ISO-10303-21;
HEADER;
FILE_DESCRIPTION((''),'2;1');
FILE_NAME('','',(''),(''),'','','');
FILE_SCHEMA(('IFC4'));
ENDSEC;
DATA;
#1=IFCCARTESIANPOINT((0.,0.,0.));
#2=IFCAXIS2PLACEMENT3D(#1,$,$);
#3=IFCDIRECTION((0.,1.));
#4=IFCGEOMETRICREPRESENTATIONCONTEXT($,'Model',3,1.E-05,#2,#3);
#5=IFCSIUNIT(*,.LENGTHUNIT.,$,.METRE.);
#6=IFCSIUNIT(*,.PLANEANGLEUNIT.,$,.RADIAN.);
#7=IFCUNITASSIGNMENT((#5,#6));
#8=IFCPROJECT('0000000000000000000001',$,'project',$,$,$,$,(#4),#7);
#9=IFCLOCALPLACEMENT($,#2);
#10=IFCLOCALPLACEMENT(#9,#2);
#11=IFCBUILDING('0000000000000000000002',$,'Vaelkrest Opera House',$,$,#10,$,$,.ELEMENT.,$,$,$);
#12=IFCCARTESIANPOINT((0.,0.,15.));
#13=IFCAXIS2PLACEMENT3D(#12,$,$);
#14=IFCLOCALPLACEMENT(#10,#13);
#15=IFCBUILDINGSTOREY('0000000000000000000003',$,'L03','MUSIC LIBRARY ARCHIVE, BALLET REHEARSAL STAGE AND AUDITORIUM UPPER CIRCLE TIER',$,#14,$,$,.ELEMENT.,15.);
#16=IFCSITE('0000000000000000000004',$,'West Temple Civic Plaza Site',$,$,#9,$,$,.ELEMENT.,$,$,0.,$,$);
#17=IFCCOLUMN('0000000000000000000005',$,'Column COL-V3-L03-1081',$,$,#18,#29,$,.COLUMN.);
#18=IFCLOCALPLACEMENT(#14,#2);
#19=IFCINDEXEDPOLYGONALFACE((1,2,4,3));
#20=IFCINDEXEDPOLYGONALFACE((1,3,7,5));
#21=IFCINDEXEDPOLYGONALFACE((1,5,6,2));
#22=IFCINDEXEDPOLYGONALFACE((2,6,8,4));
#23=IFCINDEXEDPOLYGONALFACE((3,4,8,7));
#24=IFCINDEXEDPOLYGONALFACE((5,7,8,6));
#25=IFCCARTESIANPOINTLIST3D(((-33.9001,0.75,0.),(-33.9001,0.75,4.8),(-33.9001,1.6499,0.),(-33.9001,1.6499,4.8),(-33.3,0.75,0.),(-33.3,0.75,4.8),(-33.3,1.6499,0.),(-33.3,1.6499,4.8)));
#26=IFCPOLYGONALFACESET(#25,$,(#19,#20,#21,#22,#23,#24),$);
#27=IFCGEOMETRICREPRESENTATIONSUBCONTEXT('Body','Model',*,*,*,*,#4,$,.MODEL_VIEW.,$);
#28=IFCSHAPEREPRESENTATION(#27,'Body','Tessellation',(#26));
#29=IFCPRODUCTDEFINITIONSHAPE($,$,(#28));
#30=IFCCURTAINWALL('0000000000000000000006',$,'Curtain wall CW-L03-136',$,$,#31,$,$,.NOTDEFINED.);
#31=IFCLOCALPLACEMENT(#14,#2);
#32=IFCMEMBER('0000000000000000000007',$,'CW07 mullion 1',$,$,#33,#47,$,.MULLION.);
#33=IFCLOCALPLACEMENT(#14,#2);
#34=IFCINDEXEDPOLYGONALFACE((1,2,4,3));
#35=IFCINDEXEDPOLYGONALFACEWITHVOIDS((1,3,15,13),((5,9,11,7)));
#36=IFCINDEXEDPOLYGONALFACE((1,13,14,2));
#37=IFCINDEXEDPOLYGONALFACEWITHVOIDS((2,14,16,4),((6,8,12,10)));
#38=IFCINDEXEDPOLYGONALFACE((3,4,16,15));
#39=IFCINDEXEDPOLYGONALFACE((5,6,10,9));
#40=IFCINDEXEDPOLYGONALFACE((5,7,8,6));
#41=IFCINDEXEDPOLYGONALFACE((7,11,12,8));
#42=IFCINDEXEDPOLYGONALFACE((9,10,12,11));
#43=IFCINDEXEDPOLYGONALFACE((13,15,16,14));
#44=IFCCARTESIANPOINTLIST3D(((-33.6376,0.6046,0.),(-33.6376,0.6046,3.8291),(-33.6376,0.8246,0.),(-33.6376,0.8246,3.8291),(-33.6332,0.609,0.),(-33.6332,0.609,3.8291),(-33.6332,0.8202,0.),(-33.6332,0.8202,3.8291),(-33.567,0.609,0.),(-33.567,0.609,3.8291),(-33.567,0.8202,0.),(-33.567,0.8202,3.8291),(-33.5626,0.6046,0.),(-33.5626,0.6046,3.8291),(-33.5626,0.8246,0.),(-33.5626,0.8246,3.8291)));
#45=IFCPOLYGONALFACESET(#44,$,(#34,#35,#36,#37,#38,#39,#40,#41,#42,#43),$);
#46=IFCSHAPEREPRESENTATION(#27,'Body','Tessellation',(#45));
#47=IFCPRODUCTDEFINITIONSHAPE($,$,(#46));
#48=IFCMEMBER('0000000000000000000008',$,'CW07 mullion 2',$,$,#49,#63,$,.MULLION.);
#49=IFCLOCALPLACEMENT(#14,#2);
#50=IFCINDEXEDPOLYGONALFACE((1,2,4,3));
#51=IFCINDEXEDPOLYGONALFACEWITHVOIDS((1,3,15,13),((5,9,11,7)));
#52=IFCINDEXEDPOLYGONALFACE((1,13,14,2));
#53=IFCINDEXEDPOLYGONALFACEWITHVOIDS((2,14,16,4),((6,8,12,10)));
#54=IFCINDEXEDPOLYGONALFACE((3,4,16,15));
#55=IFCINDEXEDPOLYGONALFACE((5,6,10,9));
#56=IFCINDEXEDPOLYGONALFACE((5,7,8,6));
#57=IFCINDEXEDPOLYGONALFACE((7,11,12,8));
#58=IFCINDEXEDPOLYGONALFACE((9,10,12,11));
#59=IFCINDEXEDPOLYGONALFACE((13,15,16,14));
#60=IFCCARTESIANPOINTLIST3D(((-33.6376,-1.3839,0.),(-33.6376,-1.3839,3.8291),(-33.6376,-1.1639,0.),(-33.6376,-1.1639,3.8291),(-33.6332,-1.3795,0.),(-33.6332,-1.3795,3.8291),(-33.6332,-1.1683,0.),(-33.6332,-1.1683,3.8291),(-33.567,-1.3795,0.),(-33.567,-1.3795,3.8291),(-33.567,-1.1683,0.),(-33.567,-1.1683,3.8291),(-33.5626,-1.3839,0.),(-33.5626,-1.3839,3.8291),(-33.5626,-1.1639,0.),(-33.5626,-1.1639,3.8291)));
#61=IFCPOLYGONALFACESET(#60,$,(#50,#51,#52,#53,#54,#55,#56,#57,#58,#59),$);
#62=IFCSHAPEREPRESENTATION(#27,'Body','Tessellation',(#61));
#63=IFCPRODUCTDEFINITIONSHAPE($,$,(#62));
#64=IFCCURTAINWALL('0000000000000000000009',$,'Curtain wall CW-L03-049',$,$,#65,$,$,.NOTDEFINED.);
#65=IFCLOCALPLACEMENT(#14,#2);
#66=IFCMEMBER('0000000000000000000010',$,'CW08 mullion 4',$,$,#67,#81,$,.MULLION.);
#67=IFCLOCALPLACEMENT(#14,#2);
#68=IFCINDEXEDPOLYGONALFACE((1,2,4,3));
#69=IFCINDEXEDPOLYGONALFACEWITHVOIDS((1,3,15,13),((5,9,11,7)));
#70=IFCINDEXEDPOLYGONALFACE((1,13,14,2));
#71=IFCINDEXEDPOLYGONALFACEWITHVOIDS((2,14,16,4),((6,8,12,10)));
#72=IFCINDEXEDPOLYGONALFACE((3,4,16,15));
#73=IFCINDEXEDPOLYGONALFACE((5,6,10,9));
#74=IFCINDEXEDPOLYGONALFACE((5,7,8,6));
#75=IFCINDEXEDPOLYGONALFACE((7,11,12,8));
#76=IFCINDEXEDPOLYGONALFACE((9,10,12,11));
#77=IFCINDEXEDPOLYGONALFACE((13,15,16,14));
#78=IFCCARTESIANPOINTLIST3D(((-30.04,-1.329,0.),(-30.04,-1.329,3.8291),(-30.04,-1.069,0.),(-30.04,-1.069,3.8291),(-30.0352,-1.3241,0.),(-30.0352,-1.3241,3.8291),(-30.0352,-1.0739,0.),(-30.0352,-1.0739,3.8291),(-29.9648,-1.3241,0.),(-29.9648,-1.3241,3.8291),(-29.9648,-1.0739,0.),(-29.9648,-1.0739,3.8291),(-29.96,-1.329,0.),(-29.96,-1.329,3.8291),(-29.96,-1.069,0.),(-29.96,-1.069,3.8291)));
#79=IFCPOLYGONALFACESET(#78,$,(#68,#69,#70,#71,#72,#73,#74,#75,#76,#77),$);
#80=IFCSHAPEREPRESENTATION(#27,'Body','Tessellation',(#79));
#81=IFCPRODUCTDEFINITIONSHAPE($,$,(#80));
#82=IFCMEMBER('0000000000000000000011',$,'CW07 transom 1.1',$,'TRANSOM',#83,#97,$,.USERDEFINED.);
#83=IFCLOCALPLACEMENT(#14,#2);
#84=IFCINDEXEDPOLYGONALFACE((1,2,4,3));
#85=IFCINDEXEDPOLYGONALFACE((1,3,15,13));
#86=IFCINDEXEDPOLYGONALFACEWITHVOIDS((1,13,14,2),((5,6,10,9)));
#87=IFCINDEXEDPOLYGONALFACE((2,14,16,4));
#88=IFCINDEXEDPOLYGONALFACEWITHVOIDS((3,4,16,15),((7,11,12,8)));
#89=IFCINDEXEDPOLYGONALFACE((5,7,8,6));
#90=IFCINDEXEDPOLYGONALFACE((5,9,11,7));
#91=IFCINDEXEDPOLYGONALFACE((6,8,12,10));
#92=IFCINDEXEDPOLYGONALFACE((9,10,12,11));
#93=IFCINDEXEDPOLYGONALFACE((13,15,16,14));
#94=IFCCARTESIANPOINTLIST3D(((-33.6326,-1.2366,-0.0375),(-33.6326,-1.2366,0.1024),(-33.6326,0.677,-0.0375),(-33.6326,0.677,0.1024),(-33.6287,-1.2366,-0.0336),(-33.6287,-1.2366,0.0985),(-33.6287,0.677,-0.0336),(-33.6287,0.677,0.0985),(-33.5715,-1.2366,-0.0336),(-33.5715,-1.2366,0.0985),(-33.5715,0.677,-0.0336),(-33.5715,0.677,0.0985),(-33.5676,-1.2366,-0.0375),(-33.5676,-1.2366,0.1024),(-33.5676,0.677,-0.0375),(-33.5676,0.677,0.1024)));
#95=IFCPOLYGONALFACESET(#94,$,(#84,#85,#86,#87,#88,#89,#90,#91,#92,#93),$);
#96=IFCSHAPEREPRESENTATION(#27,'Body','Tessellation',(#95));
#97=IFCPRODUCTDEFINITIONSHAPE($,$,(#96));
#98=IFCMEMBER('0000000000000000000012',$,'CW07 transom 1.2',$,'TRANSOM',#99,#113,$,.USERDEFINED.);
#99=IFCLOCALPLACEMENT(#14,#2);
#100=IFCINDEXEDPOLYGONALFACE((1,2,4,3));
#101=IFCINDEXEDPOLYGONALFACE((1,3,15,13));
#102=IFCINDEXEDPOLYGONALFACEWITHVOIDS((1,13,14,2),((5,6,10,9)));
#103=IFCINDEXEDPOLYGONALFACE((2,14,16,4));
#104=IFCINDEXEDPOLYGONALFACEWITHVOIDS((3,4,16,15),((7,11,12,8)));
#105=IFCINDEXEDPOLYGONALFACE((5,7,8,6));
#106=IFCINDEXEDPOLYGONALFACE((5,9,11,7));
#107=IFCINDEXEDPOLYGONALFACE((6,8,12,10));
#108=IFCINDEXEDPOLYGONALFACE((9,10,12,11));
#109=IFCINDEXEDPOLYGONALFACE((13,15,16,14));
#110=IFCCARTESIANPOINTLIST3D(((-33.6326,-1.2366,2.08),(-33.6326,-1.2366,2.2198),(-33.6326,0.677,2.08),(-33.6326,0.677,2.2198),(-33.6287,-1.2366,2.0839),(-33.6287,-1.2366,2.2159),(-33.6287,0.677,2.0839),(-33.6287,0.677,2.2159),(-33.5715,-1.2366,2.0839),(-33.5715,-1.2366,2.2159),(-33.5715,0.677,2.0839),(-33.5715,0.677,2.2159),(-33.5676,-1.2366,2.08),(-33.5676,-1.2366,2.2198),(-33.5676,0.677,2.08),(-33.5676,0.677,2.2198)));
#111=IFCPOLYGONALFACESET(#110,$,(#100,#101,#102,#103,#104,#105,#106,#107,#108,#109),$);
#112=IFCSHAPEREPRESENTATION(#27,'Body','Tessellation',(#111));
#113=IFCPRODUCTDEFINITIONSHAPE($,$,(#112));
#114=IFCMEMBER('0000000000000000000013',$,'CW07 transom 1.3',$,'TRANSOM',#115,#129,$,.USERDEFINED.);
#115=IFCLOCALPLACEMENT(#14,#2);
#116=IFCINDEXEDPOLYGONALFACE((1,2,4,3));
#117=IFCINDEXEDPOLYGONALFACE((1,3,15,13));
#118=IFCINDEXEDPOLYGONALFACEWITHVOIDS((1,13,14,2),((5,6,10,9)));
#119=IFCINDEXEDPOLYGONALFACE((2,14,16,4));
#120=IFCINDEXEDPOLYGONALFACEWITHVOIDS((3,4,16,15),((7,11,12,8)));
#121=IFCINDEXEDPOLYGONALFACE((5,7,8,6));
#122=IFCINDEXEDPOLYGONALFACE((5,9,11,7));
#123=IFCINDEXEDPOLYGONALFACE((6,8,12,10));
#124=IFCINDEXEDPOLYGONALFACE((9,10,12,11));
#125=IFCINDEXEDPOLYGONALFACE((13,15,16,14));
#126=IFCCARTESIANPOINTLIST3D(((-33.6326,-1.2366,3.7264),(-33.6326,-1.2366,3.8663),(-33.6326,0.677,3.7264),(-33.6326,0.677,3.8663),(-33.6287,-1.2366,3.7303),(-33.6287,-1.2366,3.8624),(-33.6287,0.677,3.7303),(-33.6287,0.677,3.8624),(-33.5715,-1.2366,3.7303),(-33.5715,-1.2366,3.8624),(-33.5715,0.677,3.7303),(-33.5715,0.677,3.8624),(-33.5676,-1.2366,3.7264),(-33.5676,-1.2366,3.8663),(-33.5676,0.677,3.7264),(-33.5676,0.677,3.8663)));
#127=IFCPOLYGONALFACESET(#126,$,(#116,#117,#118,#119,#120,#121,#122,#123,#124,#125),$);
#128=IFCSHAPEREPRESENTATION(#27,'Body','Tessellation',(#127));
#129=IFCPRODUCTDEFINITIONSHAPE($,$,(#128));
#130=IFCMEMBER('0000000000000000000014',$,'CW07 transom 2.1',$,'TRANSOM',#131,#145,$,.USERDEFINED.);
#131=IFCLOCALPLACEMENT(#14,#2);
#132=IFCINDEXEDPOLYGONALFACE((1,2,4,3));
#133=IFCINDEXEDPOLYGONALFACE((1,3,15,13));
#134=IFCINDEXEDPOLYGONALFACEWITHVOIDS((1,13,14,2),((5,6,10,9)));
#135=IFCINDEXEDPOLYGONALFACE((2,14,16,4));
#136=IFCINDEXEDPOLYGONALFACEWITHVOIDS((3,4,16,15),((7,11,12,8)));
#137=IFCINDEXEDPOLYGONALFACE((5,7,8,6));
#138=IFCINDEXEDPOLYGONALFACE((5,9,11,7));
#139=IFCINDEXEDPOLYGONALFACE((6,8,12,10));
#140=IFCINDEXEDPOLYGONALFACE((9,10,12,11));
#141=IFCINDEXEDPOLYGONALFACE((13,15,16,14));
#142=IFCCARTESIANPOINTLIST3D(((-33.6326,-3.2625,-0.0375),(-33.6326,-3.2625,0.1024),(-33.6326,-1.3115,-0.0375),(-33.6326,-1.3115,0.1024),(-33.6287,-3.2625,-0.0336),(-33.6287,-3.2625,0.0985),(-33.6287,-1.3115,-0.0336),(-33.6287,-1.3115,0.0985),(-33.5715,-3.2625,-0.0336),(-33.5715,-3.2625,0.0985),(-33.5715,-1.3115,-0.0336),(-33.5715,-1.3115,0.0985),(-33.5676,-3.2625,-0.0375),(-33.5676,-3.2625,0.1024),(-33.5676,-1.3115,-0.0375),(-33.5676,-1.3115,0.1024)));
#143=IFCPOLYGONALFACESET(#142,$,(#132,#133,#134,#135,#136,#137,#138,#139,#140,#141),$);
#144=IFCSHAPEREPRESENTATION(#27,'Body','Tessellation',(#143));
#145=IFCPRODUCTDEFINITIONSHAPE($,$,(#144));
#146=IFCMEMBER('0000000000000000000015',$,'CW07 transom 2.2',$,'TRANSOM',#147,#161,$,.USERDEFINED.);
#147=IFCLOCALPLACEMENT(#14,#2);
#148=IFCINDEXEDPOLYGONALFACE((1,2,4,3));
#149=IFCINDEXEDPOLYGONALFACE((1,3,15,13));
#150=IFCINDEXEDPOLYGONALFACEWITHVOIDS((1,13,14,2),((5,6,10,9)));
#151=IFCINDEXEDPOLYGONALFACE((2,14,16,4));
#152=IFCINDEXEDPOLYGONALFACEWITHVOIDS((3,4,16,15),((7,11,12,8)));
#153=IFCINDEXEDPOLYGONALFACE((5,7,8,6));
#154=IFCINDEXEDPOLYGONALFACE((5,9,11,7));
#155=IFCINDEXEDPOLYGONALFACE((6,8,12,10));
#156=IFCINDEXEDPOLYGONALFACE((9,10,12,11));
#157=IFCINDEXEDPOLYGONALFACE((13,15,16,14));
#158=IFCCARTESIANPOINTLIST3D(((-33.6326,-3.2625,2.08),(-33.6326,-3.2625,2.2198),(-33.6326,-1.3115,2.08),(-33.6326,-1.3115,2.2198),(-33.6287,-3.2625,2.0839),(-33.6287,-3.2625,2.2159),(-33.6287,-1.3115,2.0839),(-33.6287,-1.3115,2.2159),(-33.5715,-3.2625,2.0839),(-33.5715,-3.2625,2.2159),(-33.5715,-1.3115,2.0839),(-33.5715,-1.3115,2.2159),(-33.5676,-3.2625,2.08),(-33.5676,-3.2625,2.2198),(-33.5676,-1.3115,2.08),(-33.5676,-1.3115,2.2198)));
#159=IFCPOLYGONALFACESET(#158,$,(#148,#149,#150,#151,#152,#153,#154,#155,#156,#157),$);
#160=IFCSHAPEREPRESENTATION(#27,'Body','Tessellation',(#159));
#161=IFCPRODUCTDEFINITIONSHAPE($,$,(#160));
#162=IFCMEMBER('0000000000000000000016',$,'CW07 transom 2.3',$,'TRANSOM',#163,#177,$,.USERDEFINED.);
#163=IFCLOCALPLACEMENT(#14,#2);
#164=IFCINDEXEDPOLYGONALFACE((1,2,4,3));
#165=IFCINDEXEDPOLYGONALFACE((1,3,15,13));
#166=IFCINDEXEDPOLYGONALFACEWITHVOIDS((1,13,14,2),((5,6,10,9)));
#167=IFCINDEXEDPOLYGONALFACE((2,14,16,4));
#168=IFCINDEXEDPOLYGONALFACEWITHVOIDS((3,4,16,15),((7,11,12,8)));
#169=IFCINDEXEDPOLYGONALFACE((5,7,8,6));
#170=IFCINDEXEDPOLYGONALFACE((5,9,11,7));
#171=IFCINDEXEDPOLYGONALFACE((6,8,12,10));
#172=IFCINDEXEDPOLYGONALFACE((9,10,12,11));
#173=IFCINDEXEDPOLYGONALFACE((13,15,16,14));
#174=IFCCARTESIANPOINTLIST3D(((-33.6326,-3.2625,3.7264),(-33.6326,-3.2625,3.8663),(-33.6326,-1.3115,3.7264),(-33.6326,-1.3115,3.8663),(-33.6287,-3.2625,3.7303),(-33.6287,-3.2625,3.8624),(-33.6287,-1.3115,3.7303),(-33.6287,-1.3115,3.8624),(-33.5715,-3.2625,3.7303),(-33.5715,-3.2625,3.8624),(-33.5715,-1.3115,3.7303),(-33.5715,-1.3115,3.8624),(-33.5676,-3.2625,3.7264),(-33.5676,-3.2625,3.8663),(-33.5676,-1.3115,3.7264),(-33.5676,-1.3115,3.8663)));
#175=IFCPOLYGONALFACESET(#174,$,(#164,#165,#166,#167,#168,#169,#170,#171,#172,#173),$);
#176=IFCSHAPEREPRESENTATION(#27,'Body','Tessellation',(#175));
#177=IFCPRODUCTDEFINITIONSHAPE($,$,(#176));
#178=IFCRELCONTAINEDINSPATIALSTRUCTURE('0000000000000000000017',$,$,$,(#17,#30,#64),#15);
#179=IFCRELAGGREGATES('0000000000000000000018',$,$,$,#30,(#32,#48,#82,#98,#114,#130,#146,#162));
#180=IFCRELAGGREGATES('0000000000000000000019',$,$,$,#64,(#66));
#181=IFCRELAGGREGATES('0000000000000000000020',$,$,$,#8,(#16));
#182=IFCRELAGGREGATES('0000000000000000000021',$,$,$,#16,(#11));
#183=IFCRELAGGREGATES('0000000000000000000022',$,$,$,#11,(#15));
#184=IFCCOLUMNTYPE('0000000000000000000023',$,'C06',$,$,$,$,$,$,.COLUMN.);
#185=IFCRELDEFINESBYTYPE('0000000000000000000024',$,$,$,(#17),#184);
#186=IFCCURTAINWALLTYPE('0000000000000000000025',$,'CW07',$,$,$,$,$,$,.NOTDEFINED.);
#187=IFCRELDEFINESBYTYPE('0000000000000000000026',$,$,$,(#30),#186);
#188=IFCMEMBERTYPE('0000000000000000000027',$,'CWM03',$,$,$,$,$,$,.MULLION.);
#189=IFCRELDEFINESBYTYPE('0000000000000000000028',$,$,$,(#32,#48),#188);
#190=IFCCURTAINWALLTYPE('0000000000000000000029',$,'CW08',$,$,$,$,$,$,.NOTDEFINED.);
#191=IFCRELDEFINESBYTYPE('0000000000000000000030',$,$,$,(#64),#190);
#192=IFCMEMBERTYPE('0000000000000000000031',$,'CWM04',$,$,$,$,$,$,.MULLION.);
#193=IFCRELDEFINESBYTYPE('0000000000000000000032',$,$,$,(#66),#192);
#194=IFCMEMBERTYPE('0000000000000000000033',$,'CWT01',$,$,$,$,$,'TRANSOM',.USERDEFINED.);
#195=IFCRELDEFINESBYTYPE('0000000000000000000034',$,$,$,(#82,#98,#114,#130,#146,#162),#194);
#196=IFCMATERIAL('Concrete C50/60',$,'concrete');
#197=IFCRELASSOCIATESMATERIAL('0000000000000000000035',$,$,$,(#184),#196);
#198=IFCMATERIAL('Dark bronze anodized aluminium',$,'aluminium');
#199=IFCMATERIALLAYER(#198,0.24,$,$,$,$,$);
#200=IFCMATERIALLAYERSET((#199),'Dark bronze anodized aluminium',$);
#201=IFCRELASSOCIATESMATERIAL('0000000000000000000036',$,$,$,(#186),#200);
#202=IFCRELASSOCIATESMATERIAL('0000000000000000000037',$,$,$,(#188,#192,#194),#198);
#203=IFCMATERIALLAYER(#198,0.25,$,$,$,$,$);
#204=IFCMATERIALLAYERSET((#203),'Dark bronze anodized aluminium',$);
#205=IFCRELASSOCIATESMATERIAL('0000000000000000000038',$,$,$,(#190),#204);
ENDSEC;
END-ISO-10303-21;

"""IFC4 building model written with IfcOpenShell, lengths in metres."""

from ifc_helpers import new_model, si_unit, direction, frame, origin, origin_2d, place, context, subcontext, project, spatial, rectangle, hollow_rectangle, extrude, material, layer, layer_set, material_profile, profile_set, type_object, element, aggregate, save


model = new_model("IFC4")

# Units and contexts
model_context = context("Model", 3, precision=1e-05, world=origin(), true_north=direction((0.0, 1.0)))
body_context = subcontext(model_context, "Body", "Model", "MODEL_VIEW")
ifc_project = project(units=[si_unit("LENGTHUNIT", "METRE"), si_unit("PLANEANGLEUNIT", "RADIAN")], contexts=[model_context])

# Site, building, storey
site_placement = place(None, origin())
site = spatial("IfcSite", under=ifc_project, at=site_placement, Name="West Temple Civic Plaza Site", CompositionType="ELEMENT", RefElevation=0.0)
building_placement = place(site_placement, origin())
building = spatial("IfcBuilding", under=site, at=building_placement, Name="Vaelkrest Opera House", CompositionType="ELEMENT")
storey_placement = place(building_placement, frame((0.0, 0.0, 15.0)))
storey = spatial("IfcBuildingStorey", under=building, at=storey_placement, Name="L03", Description="MUSIC LIBRARY ARCHIVE, BALLET REHEARSAL STAGE AND AUDITORIUM UPPER CIRCLE TIER", CompositionType="ELEMENT", Elevation=15.0)

# Column
ifc_material_1 = material(Name="Concrete C50/60", Category="concrete")
ifc_material_profile_1 = material_profile(ifc_material_1, rectangle(XDim=0.6001, YDim=0.8999, at=origin_2d()), Name="RC600X900")
ifc_profile_set_1 = profile_set([ifc_material_profile_1], Name="Concrete C50/60")
column_type = type_object("IfcColumnType", Name="C06", PredefinedType="COLUMN", material=ifc_profile_set_1)
column_placement = place(storey_placement, frame((-33.6001, 1.2, 0.0), z_axis=(0.0, 0.0, 1.0), x_axis=(1.0, 0.0, 0.0)))
element("IfcColumn", 1, at=column_placement, inside=storey, type_object=column_type, Name="Column COL-V3-L03-1081", PredefinedType="COLUMN", context=body_context, shape_type="SweptSolid", body=[
    extrude(rectangle(XDim=0.6001, YDim=0.8999, at=origin_2d()), origin(), (0.0, 0.0, 1.0), 4.8),
])

# Curtain wall, members
ifc_material_2 = material(Name="Dark bronze anodized aluminium", Category="aluminium")
ifc_layer_1 = layer(ifc_material_2, 0.24)
ifc_layer_set_1 = layer_set([ifc_layer_1], Name="Dark bronze anodized aluminium")
curtain_wall_type_1 = type_object("IfcCurtainWallType", Name="CW07", PredefinedType="NOTDEFINED", material=ifc_layer_set_1)
curtain_wall_1_placement = place(storey_placement, origin())
curtain_wall_1 = element("IfcCurtainWall", 2, at=curtain_wall_1_placement, inside=storey, type_object=curtain_wall_type_1, Name="Curtain wall CW-L03-136", PredefinedType="NOTDEFINED")
ifc_material_profile_2 = material_profile(ifc_material_2, hollow_rectangle(XDim=0.075, YDim=0.22, WallThickness=0.0044, at=origin_2d()), Name="CWM75X220")
ifc_profile_set_2 = profile_set([ifc_material_profile_2], Name="Dark bronze anodized aluminium")
member_type_1 = type_object("IfcMemberType", Name="CWM03", PredefinedType="MULLION", material=ifc_profile_set_2)
member_1_placement = place(storey_placement, frame((-33.6001, 0.7146, 0.0), z_axis=(0.0, 0.0, 1.0), x_axis=(1.0, 0.0, 0.0)))
member_1 = element("IfcMember", 3, at=member_1_placement, type_object=member_type_1, Name="CW07 mullion 1", PredefinedType="MULLION", context=body_context, shape_type="SweptSolid", body=[
    extrude(hollow_rectangle(XDim=0.075, YDim=0.22, WallThickness=0.0044, at=origin_2d()), origin(), (0.0, 0.0, 1.0), 3.8291),
])
member_2_placement = place(storey_placement, frame((-33.6001, -1.2739, 0.0), z_axis=(0.0, 0.0, 1.0), x_axis=(1.0, 0.0, 0.0)))
member_2 = element("IfcMember", 4, at=member_2_placement, type_object=member_type_1, Name="CW07 mullion 2", PredefinedType="MULLION", context=body_context, shape_type="SweptSolid", body=[
    extrude(hollow_rectangle(XDim=0.075, YDim=0.22, WallThickness=0.0044, at=origin_2d()), origin(), (0.0, 0.0, 1.0), 3.8291),
])

# Curtain wall, member
ifc_layer_2 = layer(ifc_material_2, 0.25)
ifc_layer_set_2 = layer_set([ifc_layer_2], Name="Dark bronze anodized aluminium")
curtain_wall_type_2 = type_object("IfcCurtainWallType", Name="CW08", PredefinedType="NOTDEFINED", material=ifc_layer_set_2)
curtain_wall_2_placement = place(storey_placement, origin())
curtain_wall_2 = element("IfcCurtainWall", 5, at=curtain_wall_2_placement, inside=storey, type_object=curtain_wall_type_2, Name="Curtain wall CW-L03-049", PredefinedType="NOTDEFINED")
ifc_material_profile_3 = material_profile(ifc_material_2, hollow_rectangle(XDim=0.0801, YDim=0.26, WallThickness=0.0049, at=origin_2d()), Name="CWM80X260")
ifc_profile_set_3 = profile_set([ifc_material_profile_3], Name="Dark bronze anodized aluminium")
member_type_2 = type_object("IfcMemberType", Name="CWM04", PredefinedType="MULLION", material=ifc_profile_set_3)
member_3_placement = place(storey_placement, frame((-30.0, -1.199, 0.0), z_axis=(0.0, 0.0, 1.0), x_axis=(-1.0, 0.0, 0.0)))
member_3 = element("IfcMember", 6, at=member_3_placement, type_object=member_type_2, Name="CW08 mullion 4", PredefinedType="MULLION", context=body_context, shape_type="SweptSolid", body=[
    extrude(hollow_rectangle(XDim=0.0801, YDim=0.26, WallThickness=0.0049, at=origin_2d()), origin(), (0.0, 0.0, 1.0), 3.8291),
])

# Members
ifc_material_profile_4 = material_profile(ifc_material_2, hollow_rectangle(XDim=0.0649, YDim=0.1399, WallThickness=0.0039, at=origin_2d()), Name="CWT65X140")
ifc_profile_set_4 = profile_set([ifc_material_profile_4], Name="Dark bronze anodized aluminium")
member_type_3 = type_object("IfcMemberType", Name="CWT01", ElementType="TRANSOM", PredefinedType="USERDEFINED", material=ifc_profile_set_4)
member_4_placement = place(storey_placement, frame((-33.6001, 0.677, 0.0325), z_axis=(0.0, -1.0, 0.0), x_axis=(1.0, 0.0, 0.0)))
member_4 = element("IfcMember", 7, at=member_4_placement, type_object=member_type_3, Name="CW07 transom 1.1", ObjectType="TRANSOM", PredefinedType="USERDEFINED", context=body_context, shape_type="SweptSolid", body=[
    extrude(hollow_rectangle(XDim=0.0649, YDim=0.1399, WallThickness=0.0039, at=origin_2d()), origin(), (0.0, 0.0, 1.0), 1.9136),
])
member_5_placement = place(storey_placement, frame((-33.6001, 0.677, 2.1499), z_axis=(0.0, -1.0, 0.0), x_axis=(1.0, 0.0, 0.0)))
member_5 = element("IfcMember", 8, at=member_5_placement, type_object=member_type_3, Name="CW07 transom 1.2", ObjectType="TRANSOM", PredefinedType="USERDEFINED", context=body_context, shape_type="SweptSolid", body=[
    extrude(hollow_rectangle(XDim=0.0649, YDim=0.1399, WallThickness=0.0039, at=origin_2d()), origin(), (0.0, 0.0, 1.0), 1.9136),
])
member_6_placement = place(storey_placement, frame((-33.6001, 0.677, 3.7964), z_axis=(0.0, -1.0, 0.0), x_axis=(1.0, 0.0, 0.0)))
member_6 = element("IfcMember", 9, at=member_6_placement, type_object=member_type_3, Name="CW07 transom 1.3", ObjectType="TRANSOM", PredefinedType="USERDEFINED", context=body_context, shape_type="SweptSolid", body=[
    extrude(hollow_rectangle(XDim=0.0649, YDim=0.1399, WallThickness=0.0039, at=origin_2d()), origin(), (0.0, 0.0, 1.0), 1.9136),
])
member_7_placement = place(storey_placement, frame((-33.6001, -1.3115, 0.0325), z_axis=(0.0, -1.0, 0.0), x_axis=(1.0, 0.0, 0.0)))
member_7 = element("IfcMember", 10, at=member_7_placement, type_object=member_type_3, Name="CW07 transom 2.1", ObjectType="TRANSOM", PredefinedType="USERDEFINED", context=body_context, shape_type="SweptSolid", body=[
    extrude(hollow_rectangle(XDim=0.0649, YDim=0.1399, WallThickness=0.0039, at=origin_2d()), origin(), (0.0, 0.0, 1.0), 1.9509),
])
member_8_placement = place(storey_placement, frame((-33.6001, -1.3115, 2.1499), z_axis=(0.0, -1.0, 0.0), x_axis=(1.0, 0.0, 0.0)))
member_8 = element("IfcMember", 11, at=member_8_placement, type_object=member_type_3, Name="CW07 transom 2.2", ObjectType="TRANSOM", PredefinedType="USERDEFINED", context=body_context, shape_type="SweptSolid", body=[
    extrude(hollow_rectangle(XDim=0.0649, YDim=0.1399, WallThickness=0.0039, at=origin_2d()), origin(), (0.0, 0.0, 1.0), 1.9509),
])
member_9_placement = place(storey_placement, frame((-33.6001, -1.3115, 3.7964), z_axis=(0.0, -1.0, 0.0), x_axis=(1.0, 0.0, 0.0)))
member_9 = element("IfcMember", 12, at=member_9_placement, type_object=member_type_3, Name="CW07 transom 2.3", ObjectType="TRANSOM", PredefinedType="USERDEFINED", context=body_context, shape_type="SweptSolid", body=[
    extrude(hollow_rectangle(XDim=0.0649, YDim=0.1399, WallThickness=0.0039, at=origin_2d()), origin(), (0.0, 0.0, 1.0), 1.9509),
])

aggregate(curtain_wall_1, [member_1, member_2, member_4, member_5, member_6, member_7, member_8, member_9])
aggregate(curtain_wall_2, [member_3])

save(model, "model.ifc")
